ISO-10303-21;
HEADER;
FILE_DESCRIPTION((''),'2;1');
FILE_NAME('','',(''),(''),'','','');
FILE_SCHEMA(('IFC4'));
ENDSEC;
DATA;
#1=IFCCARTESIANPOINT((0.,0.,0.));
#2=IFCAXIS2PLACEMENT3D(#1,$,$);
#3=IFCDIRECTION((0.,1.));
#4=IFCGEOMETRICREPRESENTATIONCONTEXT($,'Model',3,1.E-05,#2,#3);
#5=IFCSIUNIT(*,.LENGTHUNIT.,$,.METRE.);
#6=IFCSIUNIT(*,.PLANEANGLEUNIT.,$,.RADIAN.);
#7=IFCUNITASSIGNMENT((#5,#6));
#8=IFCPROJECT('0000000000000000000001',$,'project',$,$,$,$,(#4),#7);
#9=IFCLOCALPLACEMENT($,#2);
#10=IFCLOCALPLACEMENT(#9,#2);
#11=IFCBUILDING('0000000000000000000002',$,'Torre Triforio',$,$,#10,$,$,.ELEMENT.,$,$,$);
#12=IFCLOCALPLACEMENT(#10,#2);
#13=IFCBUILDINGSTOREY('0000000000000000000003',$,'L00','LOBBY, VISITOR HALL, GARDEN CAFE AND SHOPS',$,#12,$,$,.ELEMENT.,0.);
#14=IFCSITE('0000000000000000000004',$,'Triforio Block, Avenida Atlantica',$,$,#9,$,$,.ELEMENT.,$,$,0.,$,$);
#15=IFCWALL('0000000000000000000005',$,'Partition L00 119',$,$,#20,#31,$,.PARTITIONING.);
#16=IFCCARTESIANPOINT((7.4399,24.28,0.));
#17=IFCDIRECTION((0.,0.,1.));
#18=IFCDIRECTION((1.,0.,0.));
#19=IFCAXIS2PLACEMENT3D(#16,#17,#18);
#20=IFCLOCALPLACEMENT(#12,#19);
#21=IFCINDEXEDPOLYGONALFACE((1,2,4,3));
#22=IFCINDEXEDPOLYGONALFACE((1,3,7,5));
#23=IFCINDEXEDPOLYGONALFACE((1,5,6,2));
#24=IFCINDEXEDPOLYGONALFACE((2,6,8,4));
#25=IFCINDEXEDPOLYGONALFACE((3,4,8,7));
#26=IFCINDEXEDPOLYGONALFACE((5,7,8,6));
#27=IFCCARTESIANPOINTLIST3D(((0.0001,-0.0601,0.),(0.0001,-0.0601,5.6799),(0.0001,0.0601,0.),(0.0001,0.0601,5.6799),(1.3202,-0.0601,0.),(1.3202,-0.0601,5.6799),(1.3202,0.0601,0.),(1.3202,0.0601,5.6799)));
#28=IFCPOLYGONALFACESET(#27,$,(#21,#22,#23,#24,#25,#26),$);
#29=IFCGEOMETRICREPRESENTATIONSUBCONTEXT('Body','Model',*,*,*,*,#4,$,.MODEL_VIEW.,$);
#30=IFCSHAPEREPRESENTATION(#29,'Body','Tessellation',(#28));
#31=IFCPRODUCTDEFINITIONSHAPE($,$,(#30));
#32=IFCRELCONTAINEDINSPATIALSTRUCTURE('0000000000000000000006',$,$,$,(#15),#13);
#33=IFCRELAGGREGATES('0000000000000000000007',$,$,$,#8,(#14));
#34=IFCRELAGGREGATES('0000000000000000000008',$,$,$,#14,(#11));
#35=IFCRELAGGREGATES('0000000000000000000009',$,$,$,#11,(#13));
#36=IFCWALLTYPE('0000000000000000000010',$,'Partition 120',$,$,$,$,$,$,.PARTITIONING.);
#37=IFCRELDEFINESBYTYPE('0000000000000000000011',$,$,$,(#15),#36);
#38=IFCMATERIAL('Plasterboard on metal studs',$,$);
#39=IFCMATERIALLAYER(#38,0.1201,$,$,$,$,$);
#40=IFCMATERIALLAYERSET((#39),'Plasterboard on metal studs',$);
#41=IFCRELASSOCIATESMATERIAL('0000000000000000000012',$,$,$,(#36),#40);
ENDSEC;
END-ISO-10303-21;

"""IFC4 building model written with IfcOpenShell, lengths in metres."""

from ifc_helpers import new_model, si_unit, direction, frame, frame_2d, origin, place, context, subcontext, project, spatial, rectangle, extrude, material, layer, layer_set, type_object, element, save


model = new_model("IFC4")

# Units and contexts
model_context = context("Model", 3, precision=1e-05, world=origin(), true_north=direction((0.0, 1.0)))
body_context = subcontext(model_context, "Body", "Model", "MODEL_VIEW")
ifc_project = project(units=[si_unit("LENGTHUNIT", "METRE"), si_unit("PLANEANGLEUNIT", "RADIAN")], contexts=[model_context])

# Site, building, storey
site_placement = place(None, origin())
site = spatial("IfcSite", under=ifc_project, at=site_placement, Name="Triforio Block, Avenida Atlantica", CompositionType="ELEMENT", RefElevation=0.0)
building_placement = place(site_placement, origin())
building = spatial("IfcBuilding", under=site, at=building_placement, Name="Torre Triforio", CompositionType="ELEMENT")
storey_placement = place(building_placement, origin())
storey = spatial("IfcBuildingStorey", under=building, at=storey_placement, Name="L00", Description="LOBBY, VISITOR HALL, GARDEN CAFE AND SHOPS", CompositionType="ELEMENT", Elevation=0.0)

# Shared definitions
ifc_material_1 = material(Name="Plasterboard on metal studs")

# Wall
ifc_layer_1 = layer(ifc_material_1, 0.1201)
ifc_layer_set_1 = layer_set([ifc_layer_1], Name="Plasterboard on metal studs")
wall_type_1 = type_object("IfcWallType", Name="Partition 120", PredefinedType="PARTITIONING", material=ifc_layer_set_1)
wall_1_placement = place(storey_placement, frame((7.4399, 24.28, 0.0), z_axis=(0.0, 0.0, 1.0), x_axis=(1.0, 0.0, 0.0)))
element("IfcWall", 1, at=wall_1_placement, inside=storey, type_object=wall_type_1, Name="Partition L00 119", PredefinedType="PARTITIONING", context=body_context, shape_type="SweptSolid", body=[
    extrude(rectangle(XDim=1.3201, YDim=0.1201, at=frame_2d((0.6602, 0.0))), origin(), (0.0, 0.0, 1.0), 5.6799),
])

save(model, "model.ifc")
